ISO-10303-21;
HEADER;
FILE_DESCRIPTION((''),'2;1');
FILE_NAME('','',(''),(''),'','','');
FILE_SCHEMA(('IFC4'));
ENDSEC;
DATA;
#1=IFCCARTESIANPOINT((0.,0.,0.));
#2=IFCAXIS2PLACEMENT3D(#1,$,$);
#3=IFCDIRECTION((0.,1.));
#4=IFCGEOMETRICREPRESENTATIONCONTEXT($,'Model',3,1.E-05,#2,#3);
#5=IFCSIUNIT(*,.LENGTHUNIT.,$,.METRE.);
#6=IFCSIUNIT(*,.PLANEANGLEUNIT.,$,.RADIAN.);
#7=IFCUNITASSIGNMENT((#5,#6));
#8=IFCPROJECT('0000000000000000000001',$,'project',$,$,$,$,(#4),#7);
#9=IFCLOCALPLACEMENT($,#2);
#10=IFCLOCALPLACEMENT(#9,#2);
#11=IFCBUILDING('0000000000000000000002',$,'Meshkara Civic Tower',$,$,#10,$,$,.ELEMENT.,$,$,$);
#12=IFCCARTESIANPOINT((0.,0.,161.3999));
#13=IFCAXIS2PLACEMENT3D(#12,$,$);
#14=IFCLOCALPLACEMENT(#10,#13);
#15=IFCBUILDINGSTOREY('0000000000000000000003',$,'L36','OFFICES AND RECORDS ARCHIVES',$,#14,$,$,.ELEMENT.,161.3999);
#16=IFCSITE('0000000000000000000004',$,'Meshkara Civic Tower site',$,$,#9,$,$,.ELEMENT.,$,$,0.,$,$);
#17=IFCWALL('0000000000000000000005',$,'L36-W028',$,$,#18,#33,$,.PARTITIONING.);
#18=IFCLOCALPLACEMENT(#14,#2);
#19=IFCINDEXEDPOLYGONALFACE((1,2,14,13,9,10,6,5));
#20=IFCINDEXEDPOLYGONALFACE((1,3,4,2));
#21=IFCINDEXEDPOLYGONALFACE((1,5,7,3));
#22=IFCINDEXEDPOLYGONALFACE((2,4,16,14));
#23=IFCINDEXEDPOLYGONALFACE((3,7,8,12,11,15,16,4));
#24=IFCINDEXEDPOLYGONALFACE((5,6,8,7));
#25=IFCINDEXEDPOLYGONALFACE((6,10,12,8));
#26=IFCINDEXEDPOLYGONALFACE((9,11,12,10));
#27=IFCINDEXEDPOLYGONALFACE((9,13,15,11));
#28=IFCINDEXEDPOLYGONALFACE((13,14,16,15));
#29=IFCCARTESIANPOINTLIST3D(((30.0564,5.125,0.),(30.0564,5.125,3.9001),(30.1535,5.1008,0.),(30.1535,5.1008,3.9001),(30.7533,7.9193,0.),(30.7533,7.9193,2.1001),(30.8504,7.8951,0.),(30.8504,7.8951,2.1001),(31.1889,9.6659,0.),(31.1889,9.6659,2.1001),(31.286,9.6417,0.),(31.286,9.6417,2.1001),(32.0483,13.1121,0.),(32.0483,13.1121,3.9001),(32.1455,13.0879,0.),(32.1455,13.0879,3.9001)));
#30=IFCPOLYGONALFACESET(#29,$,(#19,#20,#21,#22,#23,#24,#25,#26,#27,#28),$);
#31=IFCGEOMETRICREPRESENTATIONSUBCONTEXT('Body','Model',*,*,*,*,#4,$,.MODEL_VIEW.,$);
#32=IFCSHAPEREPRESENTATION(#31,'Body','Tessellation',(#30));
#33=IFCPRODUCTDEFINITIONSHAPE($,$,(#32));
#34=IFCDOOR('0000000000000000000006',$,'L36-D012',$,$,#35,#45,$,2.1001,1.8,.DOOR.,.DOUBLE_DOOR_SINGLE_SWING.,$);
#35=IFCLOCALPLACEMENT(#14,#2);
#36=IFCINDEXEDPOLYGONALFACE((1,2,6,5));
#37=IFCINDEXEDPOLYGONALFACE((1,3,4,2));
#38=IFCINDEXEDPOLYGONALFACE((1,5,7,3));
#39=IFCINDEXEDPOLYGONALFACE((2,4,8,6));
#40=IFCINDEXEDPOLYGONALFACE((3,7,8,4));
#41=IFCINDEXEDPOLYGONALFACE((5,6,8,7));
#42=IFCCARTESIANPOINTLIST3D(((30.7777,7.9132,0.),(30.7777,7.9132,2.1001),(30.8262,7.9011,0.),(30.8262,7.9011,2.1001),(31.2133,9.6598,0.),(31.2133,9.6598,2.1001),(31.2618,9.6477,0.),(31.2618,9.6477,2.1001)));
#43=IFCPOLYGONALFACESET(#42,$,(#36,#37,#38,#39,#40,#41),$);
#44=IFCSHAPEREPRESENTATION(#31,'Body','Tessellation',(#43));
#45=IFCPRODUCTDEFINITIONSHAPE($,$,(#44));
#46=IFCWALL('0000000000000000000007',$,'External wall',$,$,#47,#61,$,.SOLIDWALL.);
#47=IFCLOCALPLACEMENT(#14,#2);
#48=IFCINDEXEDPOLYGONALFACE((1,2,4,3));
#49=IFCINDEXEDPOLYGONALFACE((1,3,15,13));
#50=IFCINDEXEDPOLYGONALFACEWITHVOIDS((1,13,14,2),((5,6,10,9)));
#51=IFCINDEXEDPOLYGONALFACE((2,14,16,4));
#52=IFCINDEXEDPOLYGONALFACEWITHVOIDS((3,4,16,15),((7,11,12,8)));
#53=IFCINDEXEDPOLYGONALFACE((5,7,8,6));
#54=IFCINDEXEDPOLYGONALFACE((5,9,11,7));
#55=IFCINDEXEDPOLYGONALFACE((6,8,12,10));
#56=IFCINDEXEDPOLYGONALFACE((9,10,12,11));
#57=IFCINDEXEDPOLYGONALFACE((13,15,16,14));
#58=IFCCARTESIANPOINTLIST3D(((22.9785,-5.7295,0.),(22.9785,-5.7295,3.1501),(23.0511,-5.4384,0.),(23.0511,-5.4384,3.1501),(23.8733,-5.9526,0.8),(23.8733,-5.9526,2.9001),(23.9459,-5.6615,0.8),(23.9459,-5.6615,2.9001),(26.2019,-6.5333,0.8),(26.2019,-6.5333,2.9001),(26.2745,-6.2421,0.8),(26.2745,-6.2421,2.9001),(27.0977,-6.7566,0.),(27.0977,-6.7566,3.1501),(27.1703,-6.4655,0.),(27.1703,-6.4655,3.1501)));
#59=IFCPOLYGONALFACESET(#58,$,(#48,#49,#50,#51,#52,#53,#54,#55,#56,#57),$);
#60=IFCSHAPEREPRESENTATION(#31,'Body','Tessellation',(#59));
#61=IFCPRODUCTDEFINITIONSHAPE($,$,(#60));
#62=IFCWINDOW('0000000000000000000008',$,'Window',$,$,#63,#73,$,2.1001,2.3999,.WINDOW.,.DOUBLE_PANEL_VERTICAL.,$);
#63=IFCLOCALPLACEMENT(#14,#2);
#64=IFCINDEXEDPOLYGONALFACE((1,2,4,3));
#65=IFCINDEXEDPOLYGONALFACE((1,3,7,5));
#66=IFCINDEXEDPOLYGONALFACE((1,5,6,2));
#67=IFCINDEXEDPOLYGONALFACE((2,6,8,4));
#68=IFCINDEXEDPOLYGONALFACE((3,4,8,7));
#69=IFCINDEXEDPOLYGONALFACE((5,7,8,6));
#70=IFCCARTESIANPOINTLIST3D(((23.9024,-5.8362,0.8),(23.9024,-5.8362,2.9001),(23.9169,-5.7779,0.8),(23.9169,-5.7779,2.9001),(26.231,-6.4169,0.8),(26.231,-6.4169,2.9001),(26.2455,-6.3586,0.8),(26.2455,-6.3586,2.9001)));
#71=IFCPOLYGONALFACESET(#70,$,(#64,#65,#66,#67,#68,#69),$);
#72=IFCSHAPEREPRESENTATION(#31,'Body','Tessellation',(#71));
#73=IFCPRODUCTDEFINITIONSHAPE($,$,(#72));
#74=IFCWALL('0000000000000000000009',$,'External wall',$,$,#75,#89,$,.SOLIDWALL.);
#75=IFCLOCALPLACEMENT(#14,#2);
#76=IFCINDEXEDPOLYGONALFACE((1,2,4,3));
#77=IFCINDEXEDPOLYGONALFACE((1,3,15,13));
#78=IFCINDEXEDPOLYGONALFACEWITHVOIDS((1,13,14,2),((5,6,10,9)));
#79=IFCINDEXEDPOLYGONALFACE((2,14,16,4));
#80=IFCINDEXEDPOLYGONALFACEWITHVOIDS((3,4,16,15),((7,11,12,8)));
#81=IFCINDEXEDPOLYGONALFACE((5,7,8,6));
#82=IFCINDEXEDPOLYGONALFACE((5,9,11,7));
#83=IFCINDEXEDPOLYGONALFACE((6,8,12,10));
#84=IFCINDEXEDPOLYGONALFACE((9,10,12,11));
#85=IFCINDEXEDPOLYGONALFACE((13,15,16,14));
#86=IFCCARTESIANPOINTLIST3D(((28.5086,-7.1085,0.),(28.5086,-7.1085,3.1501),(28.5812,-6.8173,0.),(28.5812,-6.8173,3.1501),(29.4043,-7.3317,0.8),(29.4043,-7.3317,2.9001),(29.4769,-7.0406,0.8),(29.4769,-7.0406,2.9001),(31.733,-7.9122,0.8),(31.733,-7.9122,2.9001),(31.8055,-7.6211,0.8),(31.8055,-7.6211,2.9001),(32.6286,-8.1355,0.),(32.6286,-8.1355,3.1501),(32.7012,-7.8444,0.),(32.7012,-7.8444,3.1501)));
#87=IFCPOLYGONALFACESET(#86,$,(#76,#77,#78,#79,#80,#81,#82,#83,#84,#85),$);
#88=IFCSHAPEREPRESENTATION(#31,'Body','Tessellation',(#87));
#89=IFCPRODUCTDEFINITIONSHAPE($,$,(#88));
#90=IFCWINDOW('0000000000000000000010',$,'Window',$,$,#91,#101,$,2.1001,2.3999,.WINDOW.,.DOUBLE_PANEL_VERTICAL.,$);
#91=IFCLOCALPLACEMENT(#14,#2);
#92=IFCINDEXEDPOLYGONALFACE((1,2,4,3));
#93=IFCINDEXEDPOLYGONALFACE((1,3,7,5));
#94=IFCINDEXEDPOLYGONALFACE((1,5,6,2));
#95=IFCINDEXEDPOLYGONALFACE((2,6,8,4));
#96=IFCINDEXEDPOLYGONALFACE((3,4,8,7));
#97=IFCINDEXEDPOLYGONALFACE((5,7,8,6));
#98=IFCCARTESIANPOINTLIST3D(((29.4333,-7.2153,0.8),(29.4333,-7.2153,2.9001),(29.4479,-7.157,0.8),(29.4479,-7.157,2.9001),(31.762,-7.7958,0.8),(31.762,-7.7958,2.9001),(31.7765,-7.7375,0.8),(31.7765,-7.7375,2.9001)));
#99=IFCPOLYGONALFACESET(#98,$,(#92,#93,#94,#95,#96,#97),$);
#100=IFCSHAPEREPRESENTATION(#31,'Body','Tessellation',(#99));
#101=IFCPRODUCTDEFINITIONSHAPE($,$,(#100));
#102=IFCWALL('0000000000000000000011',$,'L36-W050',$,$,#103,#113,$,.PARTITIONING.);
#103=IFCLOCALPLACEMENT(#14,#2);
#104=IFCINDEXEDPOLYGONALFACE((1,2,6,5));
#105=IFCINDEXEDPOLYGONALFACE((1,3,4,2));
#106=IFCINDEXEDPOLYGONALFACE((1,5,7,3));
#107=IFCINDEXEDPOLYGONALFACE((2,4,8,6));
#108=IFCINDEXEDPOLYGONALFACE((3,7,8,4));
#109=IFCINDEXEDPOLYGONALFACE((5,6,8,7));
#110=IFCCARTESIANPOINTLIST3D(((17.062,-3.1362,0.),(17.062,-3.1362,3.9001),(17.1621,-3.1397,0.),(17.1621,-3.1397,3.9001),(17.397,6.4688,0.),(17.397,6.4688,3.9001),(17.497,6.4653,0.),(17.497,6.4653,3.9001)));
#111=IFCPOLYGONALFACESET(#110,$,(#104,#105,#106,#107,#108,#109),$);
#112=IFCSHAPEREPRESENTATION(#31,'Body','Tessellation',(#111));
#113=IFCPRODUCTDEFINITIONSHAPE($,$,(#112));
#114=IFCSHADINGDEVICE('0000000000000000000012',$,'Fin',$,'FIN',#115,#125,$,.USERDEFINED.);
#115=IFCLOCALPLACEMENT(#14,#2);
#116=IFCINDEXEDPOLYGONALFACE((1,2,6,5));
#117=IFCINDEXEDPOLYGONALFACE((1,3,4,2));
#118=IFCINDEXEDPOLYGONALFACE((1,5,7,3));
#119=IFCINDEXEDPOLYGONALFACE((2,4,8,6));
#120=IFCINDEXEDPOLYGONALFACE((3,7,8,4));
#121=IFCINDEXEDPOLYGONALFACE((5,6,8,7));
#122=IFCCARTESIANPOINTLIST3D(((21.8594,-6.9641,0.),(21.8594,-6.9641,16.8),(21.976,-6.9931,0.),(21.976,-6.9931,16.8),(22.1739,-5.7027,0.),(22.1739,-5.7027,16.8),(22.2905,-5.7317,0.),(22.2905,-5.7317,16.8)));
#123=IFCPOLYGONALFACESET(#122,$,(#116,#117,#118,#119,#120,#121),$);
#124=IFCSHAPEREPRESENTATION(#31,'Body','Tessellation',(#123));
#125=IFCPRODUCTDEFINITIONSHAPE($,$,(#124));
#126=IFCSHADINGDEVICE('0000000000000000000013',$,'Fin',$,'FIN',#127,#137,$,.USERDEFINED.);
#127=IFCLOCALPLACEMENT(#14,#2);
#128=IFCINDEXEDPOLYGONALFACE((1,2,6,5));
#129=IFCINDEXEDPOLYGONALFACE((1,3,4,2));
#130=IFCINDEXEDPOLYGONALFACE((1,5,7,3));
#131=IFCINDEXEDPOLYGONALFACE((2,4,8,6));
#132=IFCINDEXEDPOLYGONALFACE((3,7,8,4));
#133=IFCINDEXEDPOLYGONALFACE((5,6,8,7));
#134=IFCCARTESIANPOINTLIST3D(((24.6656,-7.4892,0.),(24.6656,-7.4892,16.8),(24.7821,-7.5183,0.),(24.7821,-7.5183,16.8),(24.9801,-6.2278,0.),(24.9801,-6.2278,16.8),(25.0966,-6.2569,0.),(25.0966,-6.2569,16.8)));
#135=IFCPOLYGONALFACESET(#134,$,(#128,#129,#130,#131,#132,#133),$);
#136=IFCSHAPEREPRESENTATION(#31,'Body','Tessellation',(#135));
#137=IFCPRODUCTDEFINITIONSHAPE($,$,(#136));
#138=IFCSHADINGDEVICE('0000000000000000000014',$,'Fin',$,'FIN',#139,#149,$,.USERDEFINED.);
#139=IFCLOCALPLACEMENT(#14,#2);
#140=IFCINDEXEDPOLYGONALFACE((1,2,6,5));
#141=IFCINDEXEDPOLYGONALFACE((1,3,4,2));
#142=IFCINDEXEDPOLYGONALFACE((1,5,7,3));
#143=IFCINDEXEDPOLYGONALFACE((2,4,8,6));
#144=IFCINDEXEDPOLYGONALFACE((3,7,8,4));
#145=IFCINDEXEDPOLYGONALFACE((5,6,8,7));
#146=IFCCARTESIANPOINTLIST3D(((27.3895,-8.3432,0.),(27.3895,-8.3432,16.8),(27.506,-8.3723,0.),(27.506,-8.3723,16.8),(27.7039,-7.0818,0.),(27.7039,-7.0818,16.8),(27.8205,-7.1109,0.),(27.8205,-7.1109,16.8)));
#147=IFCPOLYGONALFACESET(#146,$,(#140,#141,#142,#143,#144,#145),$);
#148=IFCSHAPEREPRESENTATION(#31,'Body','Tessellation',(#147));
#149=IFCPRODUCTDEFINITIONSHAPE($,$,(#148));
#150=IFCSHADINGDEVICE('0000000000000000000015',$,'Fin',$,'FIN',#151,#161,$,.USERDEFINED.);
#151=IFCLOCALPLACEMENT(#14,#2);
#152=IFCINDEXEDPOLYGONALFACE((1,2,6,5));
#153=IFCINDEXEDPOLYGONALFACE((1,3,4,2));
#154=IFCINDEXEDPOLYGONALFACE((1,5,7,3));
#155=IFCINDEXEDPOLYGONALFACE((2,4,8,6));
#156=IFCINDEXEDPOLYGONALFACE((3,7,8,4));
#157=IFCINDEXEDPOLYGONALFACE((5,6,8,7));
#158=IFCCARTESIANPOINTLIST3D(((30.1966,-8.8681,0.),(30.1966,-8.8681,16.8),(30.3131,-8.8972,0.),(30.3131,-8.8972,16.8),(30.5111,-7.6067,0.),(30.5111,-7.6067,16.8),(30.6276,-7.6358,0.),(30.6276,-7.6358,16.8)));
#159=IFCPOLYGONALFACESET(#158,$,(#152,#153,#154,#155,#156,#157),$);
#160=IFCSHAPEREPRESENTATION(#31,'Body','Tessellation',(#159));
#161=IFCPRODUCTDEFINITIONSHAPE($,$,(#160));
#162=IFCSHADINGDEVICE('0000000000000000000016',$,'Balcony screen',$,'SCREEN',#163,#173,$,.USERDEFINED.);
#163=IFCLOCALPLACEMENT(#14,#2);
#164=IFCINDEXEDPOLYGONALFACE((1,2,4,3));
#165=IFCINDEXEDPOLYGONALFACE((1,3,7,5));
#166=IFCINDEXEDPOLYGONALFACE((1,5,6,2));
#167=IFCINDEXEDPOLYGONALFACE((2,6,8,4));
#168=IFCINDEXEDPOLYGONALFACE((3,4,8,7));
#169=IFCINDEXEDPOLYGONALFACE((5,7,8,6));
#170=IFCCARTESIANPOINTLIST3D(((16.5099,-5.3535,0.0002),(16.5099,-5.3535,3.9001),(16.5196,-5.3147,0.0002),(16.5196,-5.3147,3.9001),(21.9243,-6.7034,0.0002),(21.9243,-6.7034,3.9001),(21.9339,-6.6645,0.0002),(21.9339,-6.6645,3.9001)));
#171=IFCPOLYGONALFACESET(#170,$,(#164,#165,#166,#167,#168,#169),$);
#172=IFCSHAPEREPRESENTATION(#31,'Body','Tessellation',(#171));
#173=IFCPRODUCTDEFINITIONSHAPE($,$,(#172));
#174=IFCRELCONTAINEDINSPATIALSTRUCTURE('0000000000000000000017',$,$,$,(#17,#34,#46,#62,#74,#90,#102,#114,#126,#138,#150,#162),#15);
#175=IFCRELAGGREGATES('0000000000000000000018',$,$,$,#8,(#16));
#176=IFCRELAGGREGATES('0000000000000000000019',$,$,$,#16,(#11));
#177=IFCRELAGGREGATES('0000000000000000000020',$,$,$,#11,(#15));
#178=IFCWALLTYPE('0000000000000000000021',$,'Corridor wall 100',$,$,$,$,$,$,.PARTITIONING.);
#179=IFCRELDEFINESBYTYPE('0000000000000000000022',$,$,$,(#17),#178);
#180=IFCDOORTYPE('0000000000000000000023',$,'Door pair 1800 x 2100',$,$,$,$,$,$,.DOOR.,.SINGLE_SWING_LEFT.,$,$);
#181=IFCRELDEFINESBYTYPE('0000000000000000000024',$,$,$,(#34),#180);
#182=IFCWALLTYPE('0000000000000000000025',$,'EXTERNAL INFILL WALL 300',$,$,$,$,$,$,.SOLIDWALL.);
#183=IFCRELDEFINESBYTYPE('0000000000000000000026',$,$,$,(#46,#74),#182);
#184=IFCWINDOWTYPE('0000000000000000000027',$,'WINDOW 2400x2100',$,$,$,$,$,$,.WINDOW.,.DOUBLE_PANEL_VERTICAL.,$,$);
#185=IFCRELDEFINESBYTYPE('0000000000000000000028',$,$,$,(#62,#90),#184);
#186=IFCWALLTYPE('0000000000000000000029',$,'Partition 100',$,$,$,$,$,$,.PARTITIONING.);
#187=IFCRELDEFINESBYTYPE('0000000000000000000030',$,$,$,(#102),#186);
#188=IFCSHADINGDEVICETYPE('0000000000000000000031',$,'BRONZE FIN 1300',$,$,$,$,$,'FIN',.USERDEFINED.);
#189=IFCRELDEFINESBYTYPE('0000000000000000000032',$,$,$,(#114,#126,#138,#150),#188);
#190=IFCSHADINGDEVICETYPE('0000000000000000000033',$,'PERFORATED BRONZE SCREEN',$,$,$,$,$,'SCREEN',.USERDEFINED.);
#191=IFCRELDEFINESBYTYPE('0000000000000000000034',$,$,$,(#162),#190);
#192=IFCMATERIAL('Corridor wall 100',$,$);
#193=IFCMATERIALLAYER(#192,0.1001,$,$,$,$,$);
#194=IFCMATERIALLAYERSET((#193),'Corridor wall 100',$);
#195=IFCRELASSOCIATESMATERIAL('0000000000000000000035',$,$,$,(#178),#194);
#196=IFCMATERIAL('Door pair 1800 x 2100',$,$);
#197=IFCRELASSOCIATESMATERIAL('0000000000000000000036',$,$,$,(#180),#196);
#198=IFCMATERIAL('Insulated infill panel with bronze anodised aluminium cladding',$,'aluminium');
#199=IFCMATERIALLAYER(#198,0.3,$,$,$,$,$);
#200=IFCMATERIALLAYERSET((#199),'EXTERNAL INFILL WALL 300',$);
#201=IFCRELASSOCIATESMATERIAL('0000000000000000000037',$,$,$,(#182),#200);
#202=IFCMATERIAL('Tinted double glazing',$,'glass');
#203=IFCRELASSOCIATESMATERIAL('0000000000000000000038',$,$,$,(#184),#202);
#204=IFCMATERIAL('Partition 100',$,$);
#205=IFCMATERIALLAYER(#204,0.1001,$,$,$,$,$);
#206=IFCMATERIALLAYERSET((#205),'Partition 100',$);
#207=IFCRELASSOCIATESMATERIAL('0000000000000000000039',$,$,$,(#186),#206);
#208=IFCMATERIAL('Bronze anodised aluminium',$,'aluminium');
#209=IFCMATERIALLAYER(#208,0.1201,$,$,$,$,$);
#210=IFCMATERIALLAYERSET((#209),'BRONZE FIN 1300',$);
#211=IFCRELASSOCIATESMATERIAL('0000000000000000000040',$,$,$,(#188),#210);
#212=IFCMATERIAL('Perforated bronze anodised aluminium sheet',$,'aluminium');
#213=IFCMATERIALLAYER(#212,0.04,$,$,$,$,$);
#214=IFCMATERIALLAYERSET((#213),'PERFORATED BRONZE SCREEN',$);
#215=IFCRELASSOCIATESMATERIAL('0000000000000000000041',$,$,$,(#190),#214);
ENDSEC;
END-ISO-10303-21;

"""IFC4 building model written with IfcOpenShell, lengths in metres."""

from ifc_helpers import new_model, si_unit, direction, frame, frame_2d, origin, origin_2d, place, context, subcontext, project, spatial, rectangle, extrude, material, layer, layer_set, type_object, element, fill, save


model = new_model("IFC4")

# Units and contexts
model_context = context("Model", 3, precision=1e-05, world=origin(), true_north=direction((0.0, 1.0)))
body_context = subcontext(model_context, "Body", "Model", "MODEL_VIEW")
ifc_project = project(units=[si_unit("LENGTHUNIT", "METRE"), si_unit("PLANEANGLEUNIT", "RADIAN")], contexts=[model_context])

# Site, building, storey
site_placement = place(None, origin())
site = spatial("IfcSite", under=ifc_project, at=site_placement, Name="Meshkara Civic Tower site", CompositionType="ELEMENT", RefElevation=0.0)
building_placement = place(site_placement, origin())
building = spatial("IfcBuilding", under=site, at=building_placement, Name="Meshkara Civic Tower", CompositionType="ELEMENT")
storey_placement = place(building_placement, frame((0.0, 0.0, 161.3999)))
storey = spatial("IfcBuildingStorey", under=building, at=storey_placement, Name="L36", Description="OFFICES AND RECORDS ARCHIVES", CompositionType="ELEMENT", Elevation=161.3999)

# Wall, opening, door
ifc_material_1 = material(Name="Corridor wall 100")
ifc_layer_1 = layer(ifc_material_1, 0.1001)
ifc_layer_set_1 = layer_set([ifc_layer_1], Name="Corridor wall 100")
wall_type_1 = type_object("IfcWallType", Name="Corridor wall 100", PredefinedType="PARTITIONING", material=ifc_layer_set_1)
wall_1_placement = place(storey_placement, frame((30.105, 5.113, 0.0), z_axis=(0.0, 0.0, 1.0), x_axis=(0.241984, 0.97028, 0.0)))
wall_1 = element("IfcWall", 1, at=wall_1_placement, inside=storey, type_object=wall_type_1, Name="L36-W028", PredefinedType="PARTITIONING", context=body_context, shape_type="SweptSolid", body=[
    extrude(rectangle(XDim=8.2317, YDim=0.1001, at=frame_2d((4.1157, 0.0))), origin(), (0.0, 0.0, 1.0), 3.9001),
])
opening_1_placement = place(wall_1_placement, frame((2.8799, 0.0, 0.0)))
opening_1 = element("IfcOpeningElement", 2, at=opening_1_placement, cuts=wall_1, PredefinedType="OPENING", context=body_context, shape_type="SweptSolid", body=[
    extrude(rectangle(XDim=1.8, YDim=2.1001, at=frame_2d((0.8999, 1.05))), frame((0.0, 0.0601, 0.0), z_axis=(0.0, -1.0, 0.0), x_axis=(1.0, 0.0, 0.0)), (0.0, 0.0, 1.0), 0.1201),
])
ifc_material_2 = material(Name="Door pair 1800 x 2100")
door_type_1 = type_object("IfcDoorType", Name="Door pair 1800 x 2100", OperationType="SINGLE_SWING_LEFT", PredefinedType="DOOR", material=ifc_material_2)
door_1_placement = place(opening_1_placement, origin())
door_1 = element("IfcDoor", 3, at=door_1_placement, inside=storey, type_object=door_type_1, Name="L36-D012", OperationType="DOUBLE_DOOR_SINGLE_SWING", OverallHeight=2.1001, OverallWidth=1.8, PredefinedType="DOOR", context=body_context, shape_type="SweptSolid", body=[
    extrude(rectangle(XDim=1.8, YDim=2.1001, at=frame_2d((0.8999, 1.05))), frame((0.0, 0.0249, 0.0), z_axis=(0.0, -1.0, 0.0), x_axis=(1.0, 0.0, 0.0)), (0.0, 0.0, 1.0), 0.05),
])
fill(opening_1, door_1)

# Walls, openings, windows
ifc_material_3 = material(Name="Insulated infill panel with bronze anodised aluminium cladding", Category="aluminium")
ifc_layer_2 = layer(ifc_material_3, 0.3)
ifc_layer_set_2 = layer_set([ifc_layer_2], Name="EXTERNAL INFILL WALL 300")
wall_type_2 = type_object("IfcWallType", Name="EXTERNAL INFILL WALL 300", PredefinedType="SOLIDWALL", material=ifc_layer_set_2)
wall_2_placement = place(storey_placement, frame((23.0149, -5.584, 0.0), z_axis=(0.0, 0.0, 1.0), x_axis=(0.970291, -0.24194, 0.0)))
wall_2 = element("IfcWall", 4, at=wall_2_placement, inside=storey, type_object=wall_type_2, Name="External wall", PredefinedType="SOLIDWALL", context=body_context, shape_type="SweptSolid", body=[
    extrude(rectangle(XDim=4.2454, YDim=0.3, at=frame_2d((2.1226, 0.0))), origin(), (0.0, 0.0, 1.0), 3.1501),
])
opening_2_placement = place(wall_2_placement, frame((0.9221, 0.0, 0.8)))
opening_2 = element("IfcOpeningElement", 5, at=opening_2_placement, cuts=wall_2, PredefinedType="OPENING", context=body_context, shape_type="SweptSolid", body=[
    extrude(rectangle(XDim=2.3999, YDim=2.1001, at=frame_2d((1.2, 1.05))), frame((0.0, 0.1599, 0.0), z_axis=(0.0, -1.0, 0.0), x_axis=(1.0, 0.0, 0.0)), (0.0, 0.0, 1.0), 0.3201),
])
ifc_material_4 = material(Name="Tinted double glazing", Category="glass")
window_type = type_object("IfcWindowType", Name="WINDOW 2400x2100", PartitioningType="DOUBLE_PANEL_VERTICAL", PredefinedType="WINDOW", material=ifc_material_4)
window_1_placement = place(opening_2_placement, origin())
window_1 = element("IfcWindow", 6, at=window_1_placement, inside=storey, type_object=window_type, Name="Window", OverallHeight=2.1001, OverallWidth=2.3999, PartitioningType="DOUBLE_PANEL_VERTICAL", PredefinedType="WINDOW", context=body_context, shape_type="SweptSolid", body=[
    extrude(rectangle(XDim=2.3999, YDim=2.1001, at=frame_2d((1.2, 1.05))), frame((0.0, 0.03, 0.0), z_axis=(0.0, -1.0, 0.0), x_axis=(1.0, 0.0, 0.0)), (0.0, 0.0, 1.0), 0.0601),
])
fill(opening_2, window_1)
wall_3_placement = place(storey_placement, frame((28.5449, -6.9629, 0.0), z_axis=(0.0, 0.0, 1.0), x_axis=(0.970305, -0.241886, 0.0)))
wall_3 = element("IfcWall", 7, at=wall_3_placement, inside=storey, type_object=wall_type_2, Name="External wall", PredefinedType="SOLIDWALL", context=body_context, shape_type="SweptSolid", body=[
    extrude(rectangle(XDim=4.2461, YDim=0.3, at=frame_2d((2.123, 0.0))), origin(), (0.0, 0.0, 1.0), 3.1501),
])
opening_3_placement = place(wall_3_placement, frame((0.9231, 0.0, 0.8)))
opening_3 = element("IfcOpeningElement", 8, at=opening_3_placement, cuts=wall_3, PredefinedType="OPENING", context=body_context, shape_type="SweptSolid", body=[
    extrude(rectangle(XDim=2.3999, YDim=2.1001, at=frame_2d((1.2, 1.05))), frame((0.0, 0.1599, 0.0), z_axis=(0.0, -1.0, 0.0), x_axis=(1.0, 0.0, 0.0)), (0.0, 0.0, 1.0), 0.3201),
])
window_2_placement = place(opening_3_placement, origin())
window_2 = element("IfcWindow", 9, at=window_2_placement, inside=storey, type_object=window_type, Name="Window", OverallHeight=2.1001, OverallWidth=2.3999, PartitioningType="DOUBLE_PANEL_VERTICAL", PredefinedType="WINDOW", context=body_context, shape_type="SweptSolid", body=[
    extrude(rectangle(XDim=2.3999, YDim=2.1001, at=frame_2d((1.2, 1.05))), frame((0.0, 0.03, 0.0), z_axis=(0.0, -1.0, 0.0), x_axis=(1.0, 0.0, 0.0)), (0.0, 0.0, 1.0), 0.0601),
])
fill(opening_3, window_2)

# Wall
ifc_material_5 = material(Name="Partition 100")
ifc_layer_3 = layer(ifc_material_5, 0.1001)
ifc_layer_set_3 = layer_set([ifc_layer_3], Name="Partition 100")
wall_type_3 = type_object("IfcWallType", Name="Partition 100", PredefinedType="PARTITIONING", material=ifc_layer_set_3)
wall_4_placement = place(storey_placement, frame((17.1121, -3.1379, 0.0), z_axis=(0.0, 0.0, 1.0), x_axis=(0.034852, 0.999392, 0.0)))
element("IfcWall", 10, at=wall_4_placement, inside=storey, type_object=wall_type_3, Name="L36-W050", PredefinedType="PARTITIONING", context=body_context, shape_type="SweptSolid", body=[
    extrude(rectangle(XDim=9.6108, YDim=0.1001, at=frame_2d((4.8054, 0.0))), origin(), (0.0, 0.0, 1.0), 3.9001),
])

# Shading devices
ifc_material_6 = material(Name="Bronze anodised aluminium", Category="aluminium")
ifc_layer_4 = layer(ifc_material_6, 0.1201)
ifc_layer_set_4 = layer_set([ifc_layer_4], Name="BRONZE FIN 1300")
shading_device_type_1 = type_object("IfcShadingDeviceType", Name="BRONZE FIN 1300", ElementType="FIN", PredefinedType="USERDEFINED", material=ifc_layer_set_4)
for number, where, z_axis, x_axis, name in (
    (11, (22.075, -6.3479, 0.0), (0.0, 0.0, 1.0), (0.9703, -0.241905, 0.0), "Fin"),
    (12, (24.8811, -6.873, 0.0), (0.0, 0.0, 1.0), (0.9703, -0.241905, 0.0), "Fin"),
    (13, (27.605, -7.7271, 0.0), (0.0, 0.0, 1.0), (0.9703, -0.241905, 0.0), "Fin"),
    (14, (30.4121, -8.252, 0.0), (0.0, 0.0, 1.0), (0.9703, -0.241905, 0.0), "Fin"),
):
    element("IfcShadingDevice", number, at=place(storey_placement, frame(where, z_axis=z_axis, x_axis=x_axis)), inside=storey, type_object=shading_device_type_1, Name=name, ObjectType="FIN", PredefinedType="USERDEFINED", context=body_context, shape_type="SweptSolid", body=[
        extrude(rectangle(XDim=0.1201, YDim=1.3, at=origin_2d()), origin(), (0.0, 0.0, 1.0), 16.8),
    ])
ifc_material_7 = material(Name="Perforated bronze anodised aluminium sheet", Category="aluminium")
ifc_layer_5 = layer(ifc_material_7, 0.04)
ifc_layer_set_5 = layer_set([ifc_layer_5], Name="PERFORATED BRONZE SCREEN")
shading_device_type_2 = type_object("IfcShadingDeviceType", Name="PERFORATED BRONZE SCREEN", ElementType="SCREEN", PredefinedType="USERDEFINED", material=ifc_layer_set_5)
shading_device_placement = place(storey_placement, frame((19.2219, -6.009, 0.0002), z_axis=(0.0, 0.0, 1.0), x_axis=(0.9703, -0.241905, 0.0)))
element("IfcShadingDevice", 15, at=shading_device_placement, inside=storey, type_object=shading_device_type_2, Name="Balcony screen", ObjectType="SCREEN", PredefinedType="USERDEFINED", context=body_context, shape_type="SweptSolid", body=[
    extrude(rectangle(XDim=5.5801, YDim=0.04, at=origin_2d()), origin(), (0.0, 0.0, 1.0), 3.8999),
])

save(model, "model.ifc")
